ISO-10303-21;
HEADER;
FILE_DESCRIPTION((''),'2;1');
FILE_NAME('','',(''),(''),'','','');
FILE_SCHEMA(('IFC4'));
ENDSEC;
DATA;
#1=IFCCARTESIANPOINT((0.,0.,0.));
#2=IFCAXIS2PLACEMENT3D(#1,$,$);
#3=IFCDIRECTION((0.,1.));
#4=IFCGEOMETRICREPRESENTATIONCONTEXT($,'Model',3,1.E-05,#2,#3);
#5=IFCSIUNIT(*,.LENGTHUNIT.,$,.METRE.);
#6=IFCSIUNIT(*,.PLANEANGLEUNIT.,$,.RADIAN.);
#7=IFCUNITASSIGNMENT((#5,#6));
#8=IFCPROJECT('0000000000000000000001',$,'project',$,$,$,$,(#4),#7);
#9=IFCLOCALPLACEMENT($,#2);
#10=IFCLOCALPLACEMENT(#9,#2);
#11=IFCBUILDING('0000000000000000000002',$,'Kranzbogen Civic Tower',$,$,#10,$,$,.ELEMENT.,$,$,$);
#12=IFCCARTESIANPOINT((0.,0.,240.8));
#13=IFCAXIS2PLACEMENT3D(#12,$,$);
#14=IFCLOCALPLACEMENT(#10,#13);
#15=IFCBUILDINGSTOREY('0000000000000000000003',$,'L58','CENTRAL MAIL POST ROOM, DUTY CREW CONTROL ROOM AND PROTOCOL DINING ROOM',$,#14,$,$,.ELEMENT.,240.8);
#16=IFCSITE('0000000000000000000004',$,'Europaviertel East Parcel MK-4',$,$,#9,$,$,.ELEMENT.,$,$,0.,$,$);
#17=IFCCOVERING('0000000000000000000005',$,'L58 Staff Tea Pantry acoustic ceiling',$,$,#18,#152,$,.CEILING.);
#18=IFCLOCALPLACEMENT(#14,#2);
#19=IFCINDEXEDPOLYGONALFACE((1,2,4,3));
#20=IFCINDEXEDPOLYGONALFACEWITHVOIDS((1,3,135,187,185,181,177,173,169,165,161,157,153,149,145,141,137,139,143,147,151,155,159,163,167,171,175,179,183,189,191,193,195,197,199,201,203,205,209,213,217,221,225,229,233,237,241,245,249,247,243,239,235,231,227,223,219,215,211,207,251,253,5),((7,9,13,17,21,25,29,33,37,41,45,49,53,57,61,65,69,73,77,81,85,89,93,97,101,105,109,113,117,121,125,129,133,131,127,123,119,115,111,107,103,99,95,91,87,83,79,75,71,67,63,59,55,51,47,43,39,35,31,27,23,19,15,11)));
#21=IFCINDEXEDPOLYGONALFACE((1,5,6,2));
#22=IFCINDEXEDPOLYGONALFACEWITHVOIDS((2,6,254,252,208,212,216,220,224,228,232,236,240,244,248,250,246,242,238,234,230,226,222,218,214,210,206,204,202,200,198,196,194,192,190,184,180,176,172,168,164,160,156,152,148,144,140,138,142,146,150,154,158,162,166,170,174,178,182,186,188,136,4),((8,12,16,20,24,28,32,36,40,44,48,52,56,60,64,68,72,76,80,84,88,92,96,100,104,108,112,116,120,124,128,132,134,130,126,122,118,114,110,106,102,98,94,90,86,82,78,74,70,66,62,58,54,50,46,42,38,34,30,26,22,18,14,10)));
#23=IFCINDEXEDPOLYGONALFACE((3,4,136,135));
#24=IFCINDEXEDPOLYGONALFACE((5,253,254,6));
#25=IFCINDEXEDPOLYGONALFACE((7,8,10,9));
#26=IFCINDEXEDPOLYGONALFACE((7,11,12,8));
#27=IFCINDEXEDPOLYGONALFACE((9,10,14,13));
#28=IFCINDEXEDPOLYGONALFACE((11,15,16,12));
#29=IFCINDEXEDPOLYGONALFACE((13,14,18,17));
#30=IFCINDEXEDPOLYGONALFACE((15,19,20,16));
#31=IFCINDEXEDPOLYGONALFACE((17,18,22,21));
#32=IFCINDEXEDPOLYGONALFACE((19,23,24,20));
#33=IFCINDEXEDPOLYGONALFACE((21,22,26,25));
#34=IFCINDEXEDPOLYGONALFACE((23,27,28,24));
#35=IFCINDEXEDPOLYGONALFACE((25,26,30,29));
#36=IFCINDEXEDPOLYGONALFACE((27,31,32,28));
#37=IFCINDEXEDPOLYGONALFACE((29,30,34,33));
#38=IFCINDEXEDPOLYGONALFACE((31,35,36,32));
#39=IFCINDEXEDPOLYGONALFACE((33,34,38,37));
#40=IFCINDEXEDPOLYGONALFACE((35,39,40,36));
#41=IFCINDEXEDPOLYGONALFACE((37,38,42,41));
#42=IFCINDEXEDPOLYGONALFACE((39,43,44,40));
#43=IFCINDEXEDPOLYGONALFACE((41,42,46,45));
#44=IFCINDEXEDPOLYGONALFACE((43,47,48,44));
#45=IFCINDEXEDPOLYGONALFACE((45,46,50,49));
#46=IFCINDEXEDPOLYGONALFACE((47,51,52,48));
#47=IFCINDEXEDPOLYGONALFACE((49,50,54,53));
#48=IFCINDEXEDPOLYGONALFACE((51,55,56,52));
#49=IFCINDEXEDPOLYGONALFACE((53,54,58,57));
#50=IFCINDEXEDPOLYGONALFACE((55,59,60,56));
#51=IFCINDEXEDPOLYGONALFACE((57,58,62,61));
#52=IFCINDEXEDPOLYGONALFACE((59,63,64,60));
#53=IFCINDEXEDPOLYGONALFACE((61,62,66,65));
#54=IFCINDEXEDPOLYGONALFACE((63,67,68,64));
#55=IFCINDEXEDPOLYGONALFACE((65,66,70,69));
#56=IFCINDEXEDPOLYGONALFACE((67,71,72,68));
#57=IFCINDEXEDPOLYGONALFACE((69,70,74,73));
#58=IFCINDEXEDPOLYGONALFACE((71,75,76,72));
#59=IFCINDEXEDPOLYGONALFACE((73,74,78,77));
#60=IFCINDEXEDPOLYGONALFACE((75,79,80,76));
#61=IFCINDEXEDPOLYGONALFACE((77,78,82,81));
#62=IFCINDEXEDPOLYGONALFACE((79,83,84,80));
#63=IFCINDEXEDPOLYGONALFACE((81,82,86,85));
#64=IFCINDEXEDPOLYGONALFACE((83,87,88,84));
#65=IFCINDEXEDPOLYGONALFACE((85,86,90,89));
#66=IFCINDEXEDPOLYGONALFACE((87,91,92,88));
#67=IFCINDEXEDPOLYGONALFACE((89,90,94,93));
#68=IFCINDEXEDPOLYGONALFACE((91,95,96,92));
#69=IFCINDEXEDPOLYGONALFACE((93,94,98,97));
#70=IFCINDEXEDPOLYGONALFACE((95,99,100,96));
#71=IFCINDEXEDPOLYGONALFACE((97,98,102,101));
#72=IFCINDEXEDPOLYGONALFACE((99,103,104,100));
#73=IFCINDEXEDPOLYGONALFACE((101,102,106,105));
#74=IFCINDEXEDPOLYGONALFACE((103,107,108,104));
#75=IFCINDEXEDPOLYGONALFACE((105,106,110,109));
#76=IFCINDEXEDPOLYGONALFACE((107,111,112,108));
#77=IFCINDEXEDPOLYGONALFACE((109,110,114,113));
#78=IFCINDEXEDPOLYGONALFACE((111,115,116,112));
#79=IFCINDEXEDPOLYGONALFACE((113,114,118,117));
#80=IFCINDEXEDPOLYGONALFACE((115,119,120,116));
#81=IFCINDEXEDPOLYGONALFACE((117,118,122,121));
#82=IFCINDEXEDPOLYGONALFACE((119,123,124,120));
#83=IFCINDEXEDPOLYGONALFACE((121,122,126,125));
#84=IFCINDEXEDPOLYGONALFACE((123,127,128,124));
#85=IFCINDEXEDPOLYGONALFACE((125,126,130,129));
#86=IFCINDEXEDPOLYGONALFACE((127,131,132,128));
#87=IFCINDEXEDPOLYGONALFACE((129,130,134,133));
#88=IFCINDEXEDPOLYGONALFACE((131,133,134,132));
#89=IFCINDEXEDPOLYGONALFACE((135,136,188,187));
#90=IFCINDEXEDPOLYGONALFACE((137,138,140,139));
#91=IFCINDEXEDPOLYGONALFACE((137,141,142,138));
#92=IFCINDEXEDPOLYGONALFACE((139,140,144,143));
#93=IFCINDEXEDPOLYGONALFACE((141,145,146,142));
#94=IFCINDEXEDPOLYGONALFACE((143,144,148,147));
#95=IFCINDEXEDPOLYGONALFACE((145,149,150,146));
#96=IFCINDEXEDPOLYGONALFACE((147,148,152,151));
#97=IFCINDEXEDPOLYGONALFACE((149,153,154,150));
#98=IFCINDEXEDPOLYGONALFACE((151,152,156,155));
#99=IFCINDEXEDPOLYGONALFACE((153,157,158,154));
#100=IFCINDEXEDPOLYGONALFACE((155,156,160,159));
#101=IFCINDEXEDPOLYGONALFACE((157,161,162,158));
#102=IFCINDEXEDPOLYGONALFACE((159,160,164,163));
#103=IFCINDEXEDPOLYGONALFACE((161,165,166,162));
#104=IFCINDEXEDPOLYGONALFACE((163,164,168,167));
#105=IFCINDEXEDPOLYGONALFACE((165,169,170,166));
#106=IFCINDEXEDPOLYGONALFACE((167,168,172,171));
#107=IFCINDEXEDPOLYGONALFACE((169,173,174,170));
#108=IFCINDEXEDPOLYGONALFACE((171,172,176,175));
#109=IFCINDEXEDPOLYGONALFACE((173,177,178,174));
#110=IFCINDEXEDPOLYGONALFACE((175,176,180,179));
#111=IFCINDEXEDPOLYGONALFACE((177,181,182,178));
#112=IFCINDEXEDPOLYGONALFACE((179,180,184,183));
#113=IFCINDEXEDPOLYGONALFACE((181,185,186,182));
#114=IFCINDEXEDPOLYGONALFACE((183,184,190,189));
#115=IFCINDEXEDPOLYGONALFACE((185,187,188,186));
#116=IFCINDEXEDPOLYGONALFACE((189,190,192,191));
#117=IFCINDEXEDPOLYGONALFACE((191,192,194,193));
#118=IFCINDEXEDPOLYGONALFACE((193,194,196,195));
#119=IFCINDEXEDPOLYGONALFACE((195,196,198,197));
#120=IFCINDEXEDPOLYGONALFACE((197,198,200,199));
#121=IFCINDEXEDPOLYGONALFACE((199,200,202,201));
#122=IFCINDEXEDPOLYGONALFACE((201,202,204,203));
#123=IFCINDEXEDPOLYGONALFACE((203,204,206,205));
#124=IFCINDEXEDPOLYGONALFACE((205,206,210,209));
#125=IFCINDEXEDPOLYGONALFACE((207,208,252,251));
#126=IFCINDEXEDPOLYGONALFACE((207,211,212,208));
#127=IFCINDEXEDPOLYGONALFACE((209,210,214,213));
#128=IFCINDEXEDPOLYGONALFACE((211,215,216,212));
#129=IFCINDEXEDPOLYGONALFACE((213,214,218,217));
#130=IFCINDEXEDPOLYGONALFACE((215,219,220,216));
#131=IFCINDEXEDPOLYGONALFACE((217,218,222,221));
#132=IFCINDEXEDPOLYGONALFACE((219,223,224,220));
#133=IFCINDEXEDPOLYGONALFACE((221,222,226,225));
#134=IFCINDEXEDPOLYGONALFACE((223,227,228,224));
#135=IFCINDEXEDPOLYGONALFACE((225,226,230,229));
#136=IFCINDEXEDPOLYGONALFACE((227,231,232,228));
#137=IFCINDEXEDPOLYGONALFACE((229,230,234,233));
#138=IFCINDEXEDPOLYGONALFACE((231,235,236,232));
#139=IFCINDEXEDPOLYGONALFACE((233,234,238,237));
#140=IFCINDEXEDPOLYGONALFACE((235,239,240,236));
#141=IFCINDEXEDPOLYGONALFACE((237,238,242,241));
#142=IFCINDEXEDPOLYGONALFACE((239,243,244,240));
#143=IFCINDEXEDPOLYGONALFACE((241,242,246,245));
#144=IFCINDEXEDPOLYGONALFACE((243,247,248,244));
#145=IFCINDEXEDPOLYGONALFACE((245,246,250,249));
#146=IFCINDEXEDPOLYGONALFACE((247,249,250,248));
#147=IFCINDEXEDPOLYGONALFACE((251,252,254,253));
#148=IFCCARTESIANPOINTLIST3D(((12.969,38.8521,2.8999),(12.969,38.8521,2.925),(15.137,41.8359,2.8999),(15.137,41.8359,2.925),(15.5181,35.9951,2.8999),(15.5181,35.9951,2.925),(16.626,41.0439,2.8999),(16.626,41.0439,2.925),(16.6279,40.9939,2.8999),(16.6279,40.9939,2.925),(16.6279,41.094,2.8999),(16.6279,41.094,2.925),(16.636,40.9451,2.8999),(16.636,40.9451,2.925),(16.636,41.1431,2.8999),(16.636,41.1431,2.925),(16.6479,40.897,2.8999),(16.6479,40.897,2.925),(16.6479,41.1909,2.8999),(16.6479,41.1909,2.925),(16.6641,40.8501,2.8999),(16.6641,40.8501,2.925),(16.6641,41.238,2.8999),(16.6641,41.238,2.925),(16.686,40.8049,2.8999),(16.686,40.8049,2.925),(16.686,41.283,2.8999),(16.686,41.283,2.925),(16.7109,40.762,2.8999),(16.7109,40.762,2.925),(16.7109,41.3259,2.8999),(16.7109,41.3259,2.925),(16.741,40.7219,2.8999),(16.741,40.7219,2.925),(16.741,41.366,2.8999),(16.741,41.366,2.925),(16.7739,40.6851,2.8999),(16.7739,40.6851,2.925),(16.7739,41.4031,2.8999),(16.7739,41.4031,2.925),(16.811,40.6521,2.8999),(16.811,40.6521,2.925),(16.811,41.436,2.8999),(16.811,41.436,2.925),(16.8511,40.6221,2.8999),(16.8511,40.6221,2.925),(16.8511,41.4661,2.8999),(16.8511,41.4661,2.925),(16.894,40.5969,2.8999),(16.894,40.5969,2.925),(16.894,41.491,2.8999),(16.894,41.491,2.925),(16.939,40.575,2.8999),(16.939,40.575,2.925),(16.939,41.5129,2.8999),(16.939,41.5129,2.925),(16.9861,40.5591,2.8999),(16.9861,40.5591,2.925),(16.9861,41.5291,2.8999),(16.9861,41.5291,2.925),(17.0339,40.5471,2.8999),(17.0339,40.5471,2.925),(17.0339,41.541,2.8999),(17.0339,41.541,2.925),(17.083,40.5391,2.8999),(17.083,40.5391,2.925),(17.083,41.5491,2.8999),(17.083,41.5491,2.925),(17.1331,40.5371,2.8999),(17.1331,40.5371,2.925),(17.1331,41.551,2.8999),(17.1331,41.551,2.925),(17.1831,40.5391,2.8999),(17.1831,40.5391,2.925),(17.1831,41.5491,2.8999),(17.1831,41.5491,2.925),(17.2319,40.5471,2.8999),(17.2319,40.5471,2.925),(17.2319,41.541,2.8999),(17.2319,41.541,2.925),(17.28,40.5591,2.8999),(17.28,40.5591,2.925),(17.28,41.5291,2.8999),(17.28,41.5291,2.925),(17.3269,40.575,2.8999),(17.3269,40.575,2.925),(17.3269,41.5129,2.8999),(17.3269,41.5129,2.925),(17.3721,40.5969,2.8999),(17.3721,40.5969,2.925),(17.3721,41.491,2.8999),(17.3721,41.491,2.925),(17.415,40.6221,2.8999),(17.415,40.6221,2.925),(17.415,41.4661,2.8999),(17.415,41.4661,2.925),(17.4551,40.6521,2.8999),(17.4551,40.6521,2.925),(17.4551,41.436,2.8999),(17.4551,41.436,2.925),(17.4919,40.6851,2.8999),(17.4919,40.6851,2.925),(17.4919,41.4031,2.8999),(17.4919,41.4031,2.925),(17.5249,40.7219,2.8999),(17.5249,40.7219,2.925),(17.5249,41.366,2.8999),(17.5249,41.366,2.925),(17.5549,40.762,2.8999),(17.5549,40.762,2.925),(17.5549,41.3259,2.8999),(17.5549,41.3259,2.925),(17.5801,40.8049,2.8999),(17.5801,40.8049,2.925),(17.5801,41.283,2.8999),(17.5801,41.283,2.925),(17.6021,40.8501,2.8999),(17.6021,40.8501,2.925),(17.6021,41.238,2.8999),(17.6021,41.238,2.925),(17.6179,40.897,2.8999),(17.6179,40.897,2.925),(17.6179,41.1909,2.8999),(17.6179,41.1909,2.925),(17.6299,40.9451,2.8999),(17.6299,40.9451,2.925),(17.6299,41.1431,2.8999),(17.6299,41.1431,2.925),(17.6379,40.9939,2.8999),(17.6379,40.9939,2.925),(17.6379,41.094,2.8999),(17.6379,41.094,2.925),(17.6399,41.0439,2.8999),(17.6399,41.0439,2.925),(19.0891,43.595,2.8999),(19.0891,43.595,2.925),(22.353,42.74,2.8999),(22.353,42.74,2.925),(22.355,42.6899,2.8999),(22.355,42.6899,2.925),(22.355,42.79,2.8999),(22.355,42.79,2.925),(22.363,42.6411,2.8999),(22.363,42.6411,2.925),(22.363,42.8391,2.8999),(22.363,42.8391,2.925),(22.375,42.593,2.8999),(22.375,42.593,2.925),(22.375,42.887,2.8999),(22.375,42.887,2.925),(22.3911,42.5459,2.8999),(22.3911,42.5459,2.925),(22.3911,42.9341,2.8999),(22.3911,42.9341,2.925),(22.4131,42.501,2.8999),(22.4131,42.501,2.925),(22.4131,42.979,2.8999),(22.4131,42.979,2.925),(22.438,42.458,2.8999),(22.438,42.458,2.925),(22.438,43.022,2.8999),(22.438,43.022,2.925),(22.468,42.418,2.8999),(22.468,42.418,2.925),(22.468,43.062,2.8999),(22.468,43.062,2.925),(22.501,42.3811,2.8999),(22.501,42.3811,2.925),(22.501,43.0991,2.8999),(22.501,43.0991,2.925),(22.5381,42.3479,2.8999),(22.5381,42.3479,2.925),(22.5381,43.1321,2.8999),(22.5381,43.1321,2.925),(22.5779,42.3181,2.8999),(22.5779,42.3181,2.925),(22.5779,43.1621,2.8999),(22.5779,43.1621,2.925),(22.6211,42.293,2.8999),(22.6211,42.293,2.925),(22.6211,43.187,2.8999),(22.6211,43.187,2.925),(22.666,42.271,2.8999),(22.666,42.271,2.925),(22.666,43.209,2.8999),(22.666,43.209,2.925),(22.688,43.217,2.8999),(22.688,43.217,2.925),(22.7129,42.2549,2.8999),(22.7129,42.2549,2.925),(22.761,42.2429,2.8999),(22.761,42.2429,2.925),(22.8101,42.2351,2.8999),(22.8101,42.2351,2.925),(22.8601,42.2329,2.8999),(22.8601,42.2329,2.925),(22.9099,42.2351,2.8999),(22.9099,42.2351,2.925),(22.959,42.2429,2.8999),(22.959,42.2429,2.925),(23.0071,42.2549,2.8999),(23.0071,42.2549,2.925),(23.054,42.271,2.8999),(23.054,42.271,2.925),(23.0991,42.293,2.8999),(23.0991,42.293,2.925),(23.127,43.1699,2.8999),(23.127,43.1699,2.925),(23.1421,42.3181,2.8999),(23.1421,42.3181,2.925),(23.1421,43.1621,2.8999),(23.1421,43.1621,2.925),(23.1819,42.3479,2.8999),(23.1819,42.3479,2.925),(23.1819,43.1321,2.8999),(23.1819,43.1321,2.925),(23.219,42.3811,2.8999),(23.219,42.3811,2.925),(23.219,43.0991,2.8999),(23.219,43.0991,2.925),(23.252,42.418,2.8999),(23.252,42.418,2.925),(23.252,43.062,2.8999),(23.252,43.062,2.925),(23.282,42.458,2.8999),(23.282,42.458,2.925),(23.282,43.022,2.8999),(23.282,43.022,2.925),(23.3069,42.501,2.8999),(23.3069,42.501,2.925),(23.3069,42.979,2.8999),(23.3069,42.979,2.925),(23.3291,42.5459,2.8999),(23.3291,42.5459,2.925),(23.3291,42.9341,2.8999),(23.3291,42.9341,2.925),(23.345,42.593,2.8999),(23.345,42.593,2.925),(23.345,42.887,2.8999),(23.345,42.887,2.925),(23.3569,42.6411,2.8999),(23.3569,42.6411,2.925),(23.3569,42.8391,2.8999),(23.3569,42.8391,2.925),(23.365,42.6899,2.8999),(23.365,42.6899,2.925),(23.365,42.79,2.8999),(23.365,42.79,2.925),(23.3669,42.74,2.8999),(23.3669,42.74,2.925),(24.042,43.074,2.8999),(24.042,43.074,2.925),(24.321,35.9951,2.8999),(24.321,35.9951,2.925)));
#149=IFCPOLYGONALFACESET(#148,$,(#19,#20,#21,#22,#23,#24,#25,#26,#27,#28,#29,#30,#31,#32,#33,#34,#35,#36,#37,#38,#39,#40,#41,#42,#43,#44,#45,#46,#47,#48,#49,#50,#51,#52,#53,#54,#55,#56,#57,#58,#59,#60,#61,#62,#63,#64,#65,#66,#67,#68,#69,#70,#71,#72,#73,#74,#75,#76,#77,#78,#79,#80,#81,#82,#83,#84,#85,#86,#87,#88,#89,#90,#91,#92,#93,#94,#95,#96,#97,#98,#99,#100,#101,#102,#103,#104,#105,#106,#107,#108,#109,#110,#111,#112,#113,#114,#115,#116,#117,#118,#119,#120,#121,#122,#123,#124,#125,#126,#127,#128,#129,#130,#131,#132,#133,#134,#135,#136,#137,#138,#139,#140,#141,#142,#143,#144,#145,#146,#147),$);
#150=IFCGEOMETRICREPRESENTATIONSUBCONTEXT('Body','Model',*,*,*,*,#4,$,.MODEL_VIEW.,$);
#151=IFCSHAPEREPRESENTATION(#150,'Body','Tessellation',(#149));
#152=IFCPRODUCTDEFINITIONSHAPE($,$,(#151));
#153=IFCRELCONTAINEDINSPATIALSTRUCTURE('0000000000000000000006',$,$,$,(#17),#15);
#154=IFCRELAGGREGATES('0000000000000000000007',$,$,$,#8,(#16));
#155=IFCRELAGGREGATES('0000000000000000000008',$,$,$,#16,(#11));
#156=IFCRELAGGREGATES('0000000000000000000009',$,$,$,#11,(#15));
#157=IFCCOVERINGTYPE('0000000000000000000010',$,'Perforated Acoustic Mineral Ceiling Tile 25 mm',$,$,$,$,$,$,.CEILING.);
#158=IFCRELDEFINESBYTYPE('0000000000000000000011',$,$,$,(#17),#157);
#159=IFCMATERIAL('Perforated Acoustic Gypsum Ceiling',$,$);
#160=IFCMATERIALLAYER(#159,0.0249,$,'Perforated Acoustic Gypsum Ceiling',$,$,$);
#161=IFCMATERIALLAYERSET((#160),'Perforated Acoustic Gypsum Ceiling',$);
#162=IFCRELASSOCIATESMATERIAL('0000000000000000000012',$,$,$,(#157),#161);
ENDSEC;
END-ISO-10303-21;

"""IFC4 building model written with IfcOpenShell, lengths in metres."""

from ifc_helpers import new_model, si_unit, direction, frame, origin, place, context, subcontext, project, spatial, polyline, outline, extrude, material, layer, layer_set, type_object, element, save


model = new_model("IFC4")

# Units and contexts
model_context = context("Model", 3, precision=1e-05, world=origin(), true_north=direction((0.0, 1.0)))
body_context = subcontext(model_context, "Body", "Model", "MODEL_VIEW")
ifc_project = project(units=[si_unit("LENGTHUNIT", "METRE"), si_unit("PLANEANGLEUNIT", "RADIAN")], contexts=[model_context])

# Site, building, storey
site_placement = place(None, origin())
site = spatial("IfcSite", under=ifc_project, at=site_placement, Name="Europaviertel East Parcel MK-4", CompositionType="ELEMENT", RefElevation=0.0)
building_placement = place(site_placement, origin())
building = spatial("IfcBuilding", under=site, at=building_placement, Name="Kranzbogen Civic Tower", CompositionType="ELEMENT")
storey_placement = place(building_placement, frame((0.0, 0.0, 240.8)))
storey = spatial("IfcBuildingStorey", under=building, at=storey_placement, Name="L58", Description="CENTRAL MAIL POST ROOM, DUTY CREW CONTROL ROOM AND PROTOCOL DINING ROOM", CompositionType="ELEMENT", Elevation=240.8)

# Covering
ifc_material_1 = material(Name="Perforated Acoustic Gypsum Ceiling")
ifc_layer_1 = layer(ifc_material_1, 0.0249, Name="Perforated Acoustic Gypsum Ceiling")
ifc_layer_set_1 = layer_set([ifc_layer_1], Name="Perforated Acoustic Gypsum Ceiling")
covering_type = type_object("IfcCoveringType", Name="Perforated Acoustic Mineral Ceiling Tile 25 mm", PredefinedType="CEILING", material=ifc_layer_set_1)
covering_1_placement = place(storey_placement, frame((0.0, 0.0, 2.8999)))
element("IfcCovering", 1, at=covering_1_placement, inside=storey, type_object=covering_type, Name="L58 Staff Tea Pantry acoustic ceiling", PredefinedType="CEILING", context=body_context, shape_type="SweptSolid", body=[
    extrude(outline(polyline([(19.0891, 43.595), (22.688, 43.217), (22.666, 43.209), (22.6211, 43.187), (22.5779, 43.1621), (22.5381, 43.1321), (22.501, 43.0991), (22.468, 43.062), (22.438, 43.022), (22.4131, 42.979), (22.3911, 42.9341), (22.375, 42.887), (22.363, 42.8391), (22.355, 42.79), (22.353, 42.74), (22.355, 42.6899), (22.363, 42.6411), (22.375, 42.593), (22.3911, 42.5459), (22.4131, 42.501), (22.438, 42.458), (22.468, 42.418), (22.501, 42.3811), (22.5381, 42.3479), (22.5779, 42.3181), (22.6211, 42.293), (22.666, 42.271), (22.7129, 42.2549), (22.761, 42.2429), (22.8101, 42.2351), (22.8601, 42.2329), (22.9099, 42.2351), (22.959, 42.2429), (23.0071, 42.2549), (23.054, 42.271), (23.0991, 42.293), (23.1421, 42.3181), (23.1819, 42.3479), (23.219, 42.3811), (23.252, 42.418), (23.282, 42.458), (23.3069, 42.501), (23.3291, 42.5459), (23.345, 42.593), (23.3569, 42.6411), (23.365, 42.6899), (23.3669, 42.74), (23.365, 42.79), (23.3569, 42.8391), (23.345, 42.887), (23.3291, 42.9341), (23.3069, 42.979), (23.282, 43.022), (23.252, 43.062), (23.219, 43.0991), (23.1819, 43.1321), (23.1421, 43.1621), (23.127, 43.1699), (24.042, 43.074), (24.321, 35.9951), (15.5181, 35.9951), (12.969, 38.8521), (15.137, 41.8359), (19.0891, 43.595)]), holes=[polyline([(17.6021, 40.8501), (17.5801, 40.8049), (17.5549, 40.762), (17.5249, 40.7219), (17.4919, 40.6851), (17.4551, 40.6521), (17.415, 40.6221), (17.3721, 40.5969), (17.3269, 40.575), (17.28, 40.5591), (17.2319, 40.5471), (17.1831, 40.5391), (17.1331, 40.5371), (17.083, 40.5391), (17.0339, 40.5471), (16.9861, 40.5591), (16.939, 40.575), (16.894, 40.5969), (16.8511, 40.6221), (16.811, 40.6521), (16.7739, 40.6851), (16.741, 40.7219), (16.7109, 40.762), (16.686, 40.8049), (16.6641, 40.8501), (16.6479, 40.897), (16.636, 40.9451), (16.6279, 40.9939), (16.626, 41.0439), (16.6279, 41.094), (16.636, 41.1431), (16.6479, 41.1909), (16.6641, 41.238), (16.686, 41.283), (16.7109, 41.3259), (16.741, 41.366), (16.7739, 41.4031), (16.811, 41.436), (16.8511, 41.4661), (16.894, 41.491), (16.939, 41.5129), (16.9861, 41.5291), (17.0339, 41.541), (17.083, 41.5491), (17.1331, 41.551), (17.1831, 41.5491), (17.2319, 41.541), (17.28, 41.5291), (17.3269, 41.5129), (17.3721, 41.491), (17.415, 41.4661), (17.4551, 41.436), (17.4919, 41.4031), (17.5249, 41.366), (17.5549, 41.3259), (17.5801, 41.283), (17.6021, 41.238), (17.6179, 41.1909), (17.6299, 41.1431), (17.6379, 41.094), (17.6399, 41.0439), (17.6379, 40.9939), (17.6299, 40.9451), (17.6179, 40.897), (17.6021, 40.8501)])]), origin(), (0.0, 0.0, 1.0), 0.0251),
])

save(model, "model.ifc")
